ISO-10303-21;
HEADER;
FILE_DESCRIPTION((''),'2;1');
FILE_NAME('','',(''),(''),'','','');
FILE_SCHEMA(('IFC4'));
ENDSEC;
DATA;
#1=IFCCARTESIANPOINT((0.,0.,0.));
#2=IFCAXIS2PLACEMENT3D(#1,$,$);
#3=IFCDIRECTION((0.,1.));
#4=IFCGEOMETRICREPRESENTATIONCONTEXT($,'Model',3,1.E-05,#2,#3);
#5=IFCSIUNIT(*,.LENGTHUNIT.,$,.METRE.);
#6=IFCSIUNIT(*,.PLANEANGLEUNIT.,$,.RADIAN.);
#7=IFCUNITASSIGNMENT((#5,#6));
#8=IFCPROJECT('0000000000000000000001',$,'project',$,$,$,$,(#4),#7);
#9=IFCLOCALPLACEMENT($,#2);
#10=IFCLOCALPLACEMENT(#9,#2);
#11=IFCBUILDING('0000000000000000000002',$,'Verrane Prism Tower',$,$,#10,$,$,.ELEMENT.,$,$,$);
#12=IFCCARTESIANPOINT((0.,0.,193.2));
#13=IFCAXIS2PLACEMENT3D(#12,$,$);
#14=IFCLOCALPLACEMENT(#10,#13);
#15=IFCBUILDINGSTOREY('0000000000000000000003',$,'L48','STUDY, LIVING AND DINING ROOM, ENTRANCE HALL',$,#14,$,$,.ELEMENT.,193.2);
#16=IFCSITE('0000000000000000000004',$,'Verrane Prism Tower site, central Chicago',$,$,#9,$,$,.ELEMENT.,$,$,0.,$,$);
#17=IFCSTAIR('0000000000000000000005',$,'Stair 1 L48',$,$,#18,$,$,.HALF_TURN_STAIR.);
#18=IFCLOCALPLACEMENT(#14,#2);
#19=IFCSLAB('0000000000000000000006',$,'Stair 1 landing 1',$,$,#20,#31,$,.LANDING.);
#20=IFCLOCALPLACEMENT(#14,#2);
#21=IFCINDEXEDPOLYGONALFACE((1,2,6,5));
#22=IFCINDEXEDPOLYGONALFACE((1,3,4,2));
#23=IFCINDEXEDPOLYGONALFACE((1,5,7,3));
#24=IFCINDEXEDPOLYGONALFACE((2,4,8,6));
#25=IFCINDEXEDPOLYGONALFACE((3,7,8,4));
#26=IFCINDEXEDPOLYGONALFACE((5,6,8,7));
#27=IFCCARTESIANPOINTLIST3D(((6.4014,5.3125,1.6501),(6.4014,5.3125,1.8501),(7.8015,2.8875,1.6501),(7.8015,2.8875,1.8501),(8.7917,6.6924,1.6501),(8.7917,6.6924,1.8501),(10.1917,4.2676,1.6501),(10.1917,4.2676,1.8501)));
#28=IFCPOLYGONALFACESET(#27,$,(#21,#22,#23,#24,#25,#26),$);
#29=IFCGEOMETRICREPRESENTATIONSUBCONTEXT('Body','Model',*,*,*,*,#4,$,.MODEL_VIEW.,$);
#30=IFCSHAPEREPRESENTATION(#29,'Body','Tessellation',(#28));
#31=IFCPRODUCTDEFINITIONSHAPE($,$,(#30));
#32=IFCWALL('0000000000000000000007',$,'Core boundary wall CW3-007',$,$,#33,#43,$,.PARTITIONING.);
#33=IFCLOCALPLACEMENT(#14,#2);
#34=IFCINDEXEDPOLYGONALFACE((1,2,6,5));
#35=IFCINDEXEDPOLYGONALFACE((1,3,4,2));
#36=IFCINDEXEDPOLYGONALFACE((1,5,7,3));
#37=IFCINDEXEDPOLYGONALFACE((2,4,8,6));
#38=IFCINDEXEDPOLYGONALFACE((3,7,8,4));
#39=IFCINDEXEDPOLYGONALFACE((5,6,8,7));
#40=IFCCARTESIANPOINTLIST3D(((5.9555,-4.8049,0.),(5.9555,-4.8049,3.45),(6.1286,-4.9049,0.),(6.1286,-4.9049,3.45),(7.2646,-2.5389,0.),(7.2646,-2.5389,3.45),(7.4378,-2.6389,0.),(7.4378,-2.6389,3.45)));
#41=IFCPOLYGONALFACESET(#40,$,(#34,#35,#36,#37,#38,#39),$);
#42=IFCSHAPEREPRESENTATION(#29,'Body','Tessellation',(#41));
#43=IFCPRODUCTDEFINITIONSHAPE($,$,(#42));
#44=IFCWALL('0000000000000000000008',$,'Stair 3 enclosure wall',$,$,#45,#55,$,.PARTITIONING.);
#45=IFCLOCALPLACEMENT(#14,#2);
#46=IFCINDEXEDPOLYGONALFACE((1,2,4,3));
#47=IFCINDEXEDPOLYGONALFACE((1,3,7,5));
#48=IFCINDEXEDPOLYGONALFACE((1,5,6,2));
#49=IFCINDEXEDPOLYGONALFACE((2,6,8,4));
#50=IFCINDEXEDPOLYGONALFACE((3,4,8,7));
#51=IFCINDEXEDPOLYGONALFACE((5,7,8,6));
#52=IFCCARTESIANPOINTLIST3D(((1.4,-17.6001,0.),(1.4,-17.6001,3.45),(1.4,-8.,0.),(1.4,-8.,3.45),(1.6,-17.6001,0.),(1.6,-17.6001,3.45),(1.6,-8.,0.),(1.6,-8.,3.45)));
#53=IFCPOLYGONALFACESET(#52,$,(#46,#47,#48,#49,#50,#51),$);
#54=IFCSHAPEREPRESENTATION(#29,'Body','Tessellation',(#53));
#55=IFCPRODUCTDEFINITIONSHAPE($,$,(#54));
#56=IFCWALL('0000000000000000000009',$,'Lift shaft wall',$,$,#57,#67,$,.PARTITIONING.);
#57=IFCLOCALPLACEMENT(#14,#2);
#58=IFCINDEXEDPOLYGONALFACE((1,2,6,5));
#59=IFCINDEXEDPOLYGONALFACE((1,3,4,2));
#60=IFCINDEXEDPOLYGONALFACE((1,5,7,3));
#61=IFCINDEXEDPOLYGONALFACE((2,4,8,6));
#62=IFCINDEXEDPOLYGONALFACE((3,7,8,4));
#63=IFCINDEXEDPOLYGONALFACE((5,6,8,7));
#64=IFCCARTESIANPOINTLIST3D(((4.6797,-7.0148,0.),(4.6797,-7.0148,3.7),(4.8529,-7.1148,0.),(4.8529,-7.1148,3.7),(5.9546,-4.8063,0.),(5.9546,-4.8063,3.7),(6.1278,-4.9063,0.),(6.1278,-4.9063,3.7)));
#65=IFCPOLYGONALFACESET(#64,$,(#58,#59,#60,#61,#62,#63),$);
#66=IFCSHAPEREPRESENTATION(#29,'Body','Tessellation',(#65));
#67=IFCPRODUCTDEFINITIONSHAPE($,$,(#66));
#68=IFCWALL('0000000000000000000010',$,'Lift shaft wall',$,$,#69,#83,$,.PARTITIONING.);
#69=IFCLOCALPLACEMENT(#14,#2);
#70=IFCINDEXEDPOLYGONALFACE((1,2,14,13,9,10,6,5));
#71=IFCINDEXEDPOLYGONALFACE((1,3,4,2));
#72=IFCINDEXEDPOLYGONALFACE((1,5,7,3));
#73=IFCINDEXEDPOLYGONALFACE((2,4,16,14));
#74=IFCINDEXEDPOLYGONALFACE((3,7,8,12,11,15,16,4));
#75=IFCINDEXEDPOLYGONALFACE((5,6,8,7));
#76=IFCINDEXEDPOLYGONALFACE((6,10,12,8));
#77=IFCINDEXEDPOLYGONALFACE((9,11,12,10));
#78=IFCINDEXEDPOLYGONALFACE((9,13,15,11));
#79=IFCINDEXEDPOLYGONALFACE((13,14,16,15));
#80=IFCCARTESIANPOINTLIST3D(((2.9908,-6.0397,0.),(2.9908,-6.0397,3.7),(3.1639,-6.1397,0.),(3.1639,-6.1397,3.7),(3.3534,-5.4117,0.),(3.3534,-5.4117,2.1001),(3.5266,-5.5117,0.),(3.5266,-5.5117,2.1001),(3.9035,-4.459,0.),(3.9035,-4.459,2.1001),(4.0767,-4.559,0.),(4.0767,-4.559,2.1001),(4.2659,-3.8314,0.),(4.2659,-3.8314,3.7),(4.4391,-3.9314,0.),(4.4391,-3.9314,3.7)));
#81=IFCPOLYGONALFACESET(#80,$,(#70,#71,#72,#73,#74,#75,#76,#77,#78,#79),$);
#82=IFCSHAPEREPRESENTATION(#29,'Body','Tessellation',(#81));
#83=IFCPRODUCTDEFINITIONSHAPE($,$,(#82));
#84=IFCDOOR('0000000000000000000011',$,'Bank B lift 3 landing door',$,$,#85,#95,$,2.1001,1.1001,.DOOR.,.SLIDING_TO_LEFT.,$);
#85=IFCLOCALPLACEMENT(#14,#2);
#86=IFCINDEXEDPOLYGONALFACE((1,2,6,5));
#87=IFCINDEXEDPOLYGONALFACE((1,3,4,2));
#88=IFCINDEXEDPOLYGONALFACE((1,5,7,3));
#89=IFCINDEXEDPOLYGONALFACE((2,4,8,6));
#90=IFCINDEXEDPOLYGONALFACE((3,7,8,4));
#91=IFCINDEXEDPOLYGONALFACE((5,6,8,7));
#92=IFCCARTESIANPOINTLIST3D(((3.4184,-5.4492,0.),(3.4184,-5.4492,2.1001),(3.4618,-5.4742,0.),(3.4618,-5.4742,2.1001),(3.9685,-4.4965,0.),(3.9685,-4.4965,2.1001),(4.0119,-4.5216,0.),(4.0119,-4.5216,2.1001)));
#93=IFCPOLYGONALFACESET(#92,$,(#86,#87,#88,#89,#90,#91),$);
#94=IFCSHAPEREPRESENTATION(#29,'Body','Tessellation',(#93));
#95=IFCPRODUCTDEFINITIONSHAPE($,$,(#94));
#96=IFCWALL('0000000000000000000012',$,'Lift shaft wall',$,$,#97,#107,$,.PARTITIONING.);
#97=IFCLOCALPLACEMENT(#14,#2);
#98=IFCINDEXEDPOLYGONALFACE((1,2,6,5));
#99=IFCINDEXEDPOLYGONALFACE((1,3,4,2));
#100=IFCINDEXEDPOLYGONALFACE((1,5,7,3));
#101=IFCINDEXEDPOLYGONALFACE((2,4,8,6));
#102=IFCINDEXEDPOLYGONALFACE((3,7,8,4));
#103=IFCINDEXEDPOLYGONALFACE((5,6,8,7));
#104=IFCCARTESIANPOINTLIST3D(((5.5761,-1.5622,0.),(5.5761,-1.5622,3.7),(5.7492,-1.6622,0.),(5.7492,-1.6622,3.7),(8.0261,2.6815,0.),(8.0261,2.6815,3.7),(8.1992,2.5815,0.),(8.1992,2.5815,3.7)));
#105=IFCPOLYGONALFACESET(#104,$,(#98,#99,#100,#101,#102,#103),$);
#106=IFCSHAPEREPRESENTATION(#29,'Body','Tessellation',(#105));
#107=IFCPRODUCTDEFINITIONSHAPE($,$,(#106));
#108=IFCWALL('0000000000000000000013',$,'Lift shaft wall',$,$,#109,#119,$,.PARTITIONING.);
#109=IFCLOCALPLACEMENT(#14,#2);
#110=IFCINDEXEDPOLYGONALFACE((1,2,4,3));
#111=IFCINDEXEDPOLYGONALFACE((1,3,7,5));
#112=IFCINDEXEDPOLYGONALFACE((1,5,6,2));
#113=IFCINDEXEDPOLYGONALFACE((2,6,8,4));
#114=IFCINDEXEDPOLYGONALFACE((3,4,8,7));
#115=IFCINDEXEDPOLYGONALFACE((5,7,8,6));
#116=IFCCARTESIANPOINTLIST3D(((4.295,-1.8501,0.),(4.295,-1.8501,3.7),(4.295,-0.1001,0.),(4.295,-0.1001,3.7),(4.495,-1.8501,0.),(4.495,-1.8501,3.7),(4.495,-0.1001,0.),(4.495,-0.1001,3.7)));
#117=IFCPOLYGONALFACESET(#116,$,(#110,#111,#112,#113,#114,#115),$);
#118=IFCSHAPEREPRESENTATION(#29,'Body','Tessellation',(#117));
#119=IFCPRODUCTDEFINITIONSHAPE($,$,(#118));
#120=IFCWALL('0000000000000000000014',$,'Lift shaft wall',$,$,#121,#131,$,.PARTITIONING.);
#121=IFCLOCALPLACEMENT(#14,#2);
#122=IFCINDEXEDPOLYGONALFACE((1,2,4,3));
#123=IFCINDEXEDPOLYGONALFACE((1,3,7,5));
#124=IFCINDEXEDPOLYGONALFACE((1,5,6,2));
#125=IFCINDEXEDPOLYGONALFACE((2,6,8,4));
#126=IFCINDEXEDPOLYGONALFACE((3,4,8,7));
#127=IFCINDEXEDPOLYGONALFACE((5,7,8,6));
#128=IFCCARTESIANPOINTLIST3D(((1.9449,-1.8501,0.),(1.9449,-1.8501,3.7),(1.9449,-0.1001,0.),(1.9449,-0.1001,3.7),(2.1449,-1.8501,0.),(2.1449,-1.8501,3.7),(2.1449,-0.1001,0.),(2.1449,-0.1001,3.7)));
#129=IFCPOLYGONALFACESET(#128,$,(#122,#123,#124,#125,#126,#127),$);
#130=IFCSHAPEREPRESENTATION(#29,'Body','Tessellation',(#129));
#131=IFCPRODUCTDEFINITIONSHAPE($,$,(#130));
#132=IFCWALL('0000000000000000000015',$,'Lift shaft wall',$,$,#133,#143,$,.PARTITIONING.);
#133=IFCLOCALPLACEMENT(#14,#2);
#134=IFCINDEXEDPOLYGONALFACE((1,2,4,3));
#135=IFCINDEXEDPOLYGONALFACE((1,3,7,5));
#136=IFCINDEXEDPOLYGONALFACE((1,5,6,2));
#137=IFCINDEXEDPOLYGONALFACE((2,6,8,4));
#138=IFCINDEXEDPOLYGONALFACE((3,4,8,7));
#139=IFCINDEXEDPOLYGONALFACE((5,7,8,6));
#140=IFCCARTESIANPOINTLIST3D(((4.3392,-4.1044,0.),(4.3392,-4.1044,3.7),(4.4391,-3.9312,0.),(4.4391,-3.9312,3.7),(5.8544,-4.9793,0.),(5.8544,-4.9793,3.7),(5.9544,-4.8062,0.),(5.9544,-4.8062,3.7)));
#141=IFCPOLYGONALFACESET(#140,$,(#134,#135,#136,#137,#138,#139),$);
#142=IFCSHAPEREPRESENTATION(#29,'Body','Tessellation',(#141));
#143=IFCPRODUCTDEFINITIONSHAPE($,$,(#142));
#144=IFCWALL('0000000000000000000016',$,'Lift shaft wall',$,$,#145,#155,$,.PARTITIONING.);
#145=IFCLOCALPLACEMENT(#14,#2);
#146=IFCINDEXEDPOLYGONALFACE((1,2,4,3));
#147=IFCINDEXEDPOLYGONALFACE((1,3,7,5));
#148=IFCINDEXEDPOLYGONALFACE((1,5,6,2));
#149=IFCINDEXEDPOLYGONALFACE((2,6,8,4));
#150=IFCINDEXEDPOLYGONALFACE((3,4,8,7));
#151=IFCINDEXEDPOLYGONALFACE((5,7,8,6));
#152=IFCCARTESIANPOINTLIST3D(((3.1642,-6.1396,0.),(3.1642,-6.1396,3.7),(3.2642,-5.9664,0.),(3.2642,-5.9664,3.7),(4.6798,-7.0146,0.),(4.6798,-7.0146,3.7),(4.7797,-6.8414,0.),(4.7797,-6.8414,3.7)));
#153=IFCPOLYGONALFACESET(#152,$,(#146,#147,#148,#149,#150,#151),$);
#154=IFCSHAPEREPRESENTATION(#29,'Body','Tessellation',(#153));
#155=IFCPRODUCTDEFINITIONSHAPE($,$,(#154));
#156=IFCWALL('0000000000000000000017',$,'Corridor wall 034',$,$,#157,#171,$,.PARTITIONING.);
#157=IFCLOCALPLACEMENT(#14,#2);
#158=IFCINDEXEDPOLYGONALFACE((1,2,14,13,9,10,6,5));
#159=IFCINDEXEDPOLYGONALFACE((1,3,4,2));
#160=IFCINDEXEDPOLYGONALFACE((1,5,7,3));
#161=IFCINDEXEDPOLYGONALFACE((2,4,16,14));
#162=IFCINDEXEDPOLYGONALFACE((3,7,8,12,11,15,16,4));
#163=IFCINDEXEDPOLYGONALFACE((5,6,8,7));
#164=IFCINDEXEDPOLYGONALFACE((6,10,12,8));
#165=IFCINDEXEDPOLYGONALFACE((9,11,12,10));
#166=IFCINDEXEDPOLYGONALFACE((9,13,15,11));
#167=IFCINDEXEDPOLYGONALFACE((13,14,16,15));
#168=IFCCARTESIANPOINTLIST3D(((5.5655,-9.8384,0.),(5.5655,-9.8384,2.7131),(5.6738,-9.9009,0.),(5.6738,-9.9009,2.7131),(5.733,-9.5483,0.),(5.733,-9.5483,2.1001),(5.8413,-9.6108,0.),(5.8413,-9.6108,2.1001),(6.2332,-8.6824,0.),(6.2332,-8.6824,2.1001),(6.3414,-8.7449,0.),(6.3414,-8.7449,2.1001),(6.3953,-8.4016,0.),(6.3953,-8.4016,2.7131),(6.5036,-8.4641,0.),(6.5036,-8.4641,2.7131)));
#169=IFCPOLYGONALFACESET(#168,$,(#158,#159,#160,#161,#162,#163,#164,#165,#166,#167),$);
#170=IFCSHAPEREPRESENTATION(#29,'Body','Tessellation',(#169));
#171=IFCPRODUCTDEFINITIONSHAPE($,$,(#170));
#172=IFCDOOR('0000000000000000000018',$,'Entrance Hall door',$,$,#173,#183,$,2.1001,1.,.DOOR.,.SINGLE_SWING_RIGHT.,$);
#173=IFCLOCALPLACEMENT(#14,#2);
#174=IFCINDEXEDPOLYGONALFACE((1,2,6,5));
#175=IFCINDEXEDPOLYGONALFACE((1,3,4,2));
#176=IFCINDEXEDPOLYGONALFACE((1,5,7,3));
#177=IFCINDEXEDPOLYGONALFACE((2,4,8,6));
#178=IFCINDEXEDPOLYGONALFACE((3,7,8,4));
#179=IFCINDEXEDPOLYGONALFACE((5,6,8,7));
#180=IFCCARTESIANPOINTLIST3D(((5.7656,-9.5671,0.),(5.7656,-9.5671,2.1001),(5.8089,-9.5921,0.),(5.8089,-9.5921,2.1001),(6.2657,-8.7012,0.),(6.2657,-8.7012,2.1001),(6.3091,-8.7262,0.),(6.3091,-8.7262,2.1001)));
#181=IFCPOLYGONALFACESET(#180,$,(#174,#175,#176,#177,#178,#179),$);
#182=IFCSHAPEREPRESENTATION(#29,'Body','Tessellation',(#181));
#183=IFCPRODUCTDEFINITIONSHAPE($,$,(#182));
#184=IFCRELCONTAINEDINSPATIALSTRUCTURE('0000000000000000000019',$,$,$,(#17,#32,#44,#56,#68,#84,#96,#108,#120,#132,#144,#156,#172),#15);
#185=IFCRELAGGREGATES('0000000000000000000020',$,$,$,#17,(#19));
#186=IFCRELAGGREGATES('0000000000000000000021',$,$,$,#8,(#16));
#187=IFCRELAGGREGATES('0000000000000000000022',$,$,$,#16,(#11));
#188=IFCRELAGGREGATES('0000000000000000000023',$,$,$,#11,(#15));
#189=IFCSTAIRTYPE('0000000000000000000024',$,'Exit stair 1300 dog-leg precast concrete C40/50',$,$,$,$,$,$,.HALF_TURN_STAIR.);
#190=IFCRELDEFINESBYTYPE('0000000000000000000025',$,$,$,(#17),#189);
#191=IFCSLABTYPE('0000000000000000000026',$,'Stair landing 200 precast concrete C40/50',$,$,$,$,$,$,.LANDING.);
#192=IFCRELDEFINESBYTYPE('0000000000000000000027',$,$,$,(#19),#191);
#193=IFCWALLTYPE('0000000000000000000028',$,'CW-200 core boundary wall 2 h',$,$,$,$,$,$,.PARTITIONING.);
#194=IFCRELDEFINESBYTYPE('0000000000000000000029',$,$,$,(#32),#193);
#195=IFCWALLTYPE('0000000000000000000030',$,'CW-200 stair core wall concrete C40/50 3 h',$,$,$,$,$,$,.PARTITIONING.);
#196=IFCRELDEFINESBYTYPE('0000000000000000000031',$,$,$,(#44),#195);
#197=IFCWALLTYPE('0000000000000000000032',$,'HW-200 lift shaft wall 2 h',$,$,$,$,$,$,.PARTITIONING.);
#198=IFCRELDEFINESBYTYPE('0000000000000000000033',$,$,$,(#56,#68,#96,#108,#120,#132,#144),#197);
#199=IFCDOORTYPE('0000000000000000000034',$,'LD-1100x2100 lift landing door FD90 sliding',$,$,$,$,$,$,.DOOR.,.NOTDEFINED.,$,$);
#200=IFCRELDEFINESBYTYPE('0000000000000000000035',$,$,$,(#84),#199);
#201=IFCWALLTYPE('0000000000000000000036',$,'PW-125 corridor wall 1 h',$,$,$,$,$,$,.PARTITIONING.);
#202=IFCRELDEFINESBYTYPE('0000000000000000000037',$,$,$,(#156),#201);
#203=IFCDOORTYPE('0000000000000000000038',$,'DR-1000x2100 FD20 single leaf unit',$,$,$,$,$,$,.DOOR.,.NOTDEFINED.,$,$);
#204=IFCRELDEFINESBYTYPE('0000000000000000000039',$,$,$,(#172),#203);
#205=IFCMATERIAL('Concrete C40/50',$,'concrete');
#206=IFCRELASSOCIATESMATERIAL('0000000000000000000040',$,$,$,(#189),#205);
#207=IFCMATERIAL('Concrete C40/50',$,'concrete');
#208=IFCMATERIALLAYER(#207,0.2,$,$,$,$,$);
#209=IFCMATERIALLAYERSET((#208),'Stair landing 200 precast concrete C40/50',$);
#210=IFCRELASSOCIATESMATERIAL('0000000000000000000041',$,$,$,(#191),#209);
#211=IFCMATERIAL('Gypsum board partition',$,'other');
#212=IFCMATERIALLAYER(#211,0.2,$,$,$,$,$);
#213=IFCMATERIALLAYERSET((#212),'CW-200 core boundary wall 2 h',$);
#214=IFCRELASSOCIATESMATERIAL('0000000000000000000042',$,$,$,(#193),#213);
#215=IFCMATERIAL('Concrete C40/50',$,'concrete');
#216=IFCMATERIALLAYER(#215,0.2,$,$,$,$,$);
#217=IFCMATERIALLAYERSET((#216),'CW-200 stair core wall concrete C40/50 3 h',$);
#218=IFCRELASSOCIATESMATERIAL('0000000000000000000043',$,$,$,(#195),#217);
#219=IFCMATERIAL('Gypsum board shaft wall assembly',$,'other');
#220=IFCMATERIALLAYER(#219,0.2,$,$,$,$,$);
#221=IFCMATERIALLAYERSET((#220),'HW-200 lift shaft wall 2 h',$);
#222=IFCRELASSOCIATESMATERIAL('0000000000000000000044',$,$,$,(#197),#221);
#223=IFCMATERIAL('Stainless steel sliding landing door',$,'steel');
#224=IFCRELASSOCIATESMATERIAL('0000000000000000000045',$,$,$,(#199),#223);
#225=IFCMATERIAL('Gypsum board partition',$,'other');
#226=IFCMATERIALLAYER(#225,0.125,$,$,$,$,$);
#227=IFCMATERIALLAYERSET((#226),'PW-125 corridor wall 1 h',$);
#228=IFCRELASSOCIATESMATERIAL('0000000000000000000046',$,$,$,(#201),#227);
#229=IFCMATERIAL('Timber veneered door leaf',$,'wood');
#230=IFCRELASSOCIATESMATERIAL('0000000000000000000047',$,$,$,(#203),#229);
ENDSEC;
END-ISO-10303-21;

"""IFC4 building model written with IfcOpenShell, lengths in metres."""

from ifc_helpers import new_model, si_unit, direction, frame, frame_2d, origin, place, context, subcontext, project, spatial, polyline, rectangle, outline, extrude, material, layer, layer_set, type_object, element, fill, aggregate, save


model = new_model("IFC4")

# Units and contexts
model_context = context("Model", 3, precision=1e-05, world=origin(), true_north=direction((0.0, 1.0)))
body_context = subcontext(model_context, "Body", "Model", "MODEL_VIEW")
ifc_project = project(units=[si_unit("LENGTHUNIT", "METRE"), si_unit("PLANEANGLEUNIT", "RADIAN")], contexts=[model_context])

# Site, building, storey
site_placement = place(None, origin())
site = spatial("IfcSite", under=ifc_project, at=site_placement, Name="Verrane Prism Tower site, central Chicago", CompositionType="ELEMENT", RefElevation=0.0)
building_placement = place(site_placement, origin())
building = spatial("IfcBuilding", under=site, at=building_placement, Name="Verrane Prism Tower", CompositionType="ELEMENT")
storey_placement = place(building_placement, frame((0.0, 0.0, 193.2)))
storey = spatial("IfcBuildingStorey", under=building, at=storey_placement, Name="L48", Description="STUDY, LIVING AND DINING ROOM, ENTRANCE HALL", CompositionType="ELEMENT", Elevation=193.2)

# Stair, slab
ifc_material_1 = material(Name="Concrete C40/50", Category="concrete")
stair_type = type_object("IfcStairType", Name="Exit stair 1300 dog-leg precast concrete C40/50", PredefinedType="HALF_TURN_STAIR", material=ifc_material_1)
stair_placement = place(storey_placement, origin())
stair = element("IfcStair", 1, at=stair_placement, inside=storey, type_object=stair_type, Name="Stair 1 L48", PredefinedType="HALF_TURN_STAIR")
ifc_material_2 = material(Name="Concrete C40/50", Category="concrete")
ifc_layer_1 = layer(ifc_material_2, 0.2)
ifc_layer_set_1 = layer_set([ifc_layer_1], Name="Stair landing 200 precast concrete C40/50")
slab_type = type_object("IfcSlabType", Name="Stair landing 200 precast concrete C40/50", PredefinedType="LANDING", material=ifc_layer_set_1)
slab_placement = place(storey_placement, frame((0.0, 0.0, 1.6501)))
slab = element("IfcSlab", 2, at=slab_placement, type_object=slab_type, Name="Stair 1 landing 1", PredefinedType="LANDING", context=body_context, shape_type="SweptSolid", body=[
    extrude(outline(polyline([(8.7917, 6.6924), (6.4014, 5.3125), (7.8015, 2.8875), (10.1917, 4.2676), (8.7917, 6.6924)])), origin(), (0.0, 0.0, 1.0), 0.2),
])
aggregate(stair, [slab])

# Walls
ifc_material_3 = material(Name="Gypsum board partition", Category="other")
ifc_layer_2 = layer(ifc_material_3, 0.2)
ifc_layer_set_2 = layer_set([ifc_layer_2], Name="CW-200 core boundary wall 2 h")
wall_type_1 = type_object("IfcWallType", Name="CW-200 core boundary wall 2 h", PredefinedType="PARTITIONING", material=ifc_layer_set_2)
wall_1_placement = place(storey_placement, frame((6.042, -4.855, 0.0), z_axis=(0.0, 0.0, 1.0), x_axis=(0.500253, 0.865879, 0.0)))
element("IfcWall", 3, at=wall_1_placement, inside=storey, type_object=wall_type_1, Name="Core boundary wall CW3-007", PredefinedType="PARTITIONING", context=body_context, shape_type="SweptSolid", body=[
    extrude(rectangle(XDim=2.6169, YDim=0.2, at=frame_2d((1.3086, 0.0))), origin(), (0.0, 0.0, 1.0), 3.45),
])
ifc_material_4 = material(Name="Concrete C40/50", Category="concrete")
ifc_layer_3 = layer(ifc_material_4, 0.2)
ifc_layer_set_3 = layer_set([ifc_layer_3], Name="CW-200 stair core wall concrete C40/50 3 h")
wall_type_2 = type_object("IfcWallType", Name="CW-200 stair core wall concrete C40/50 3 h", PredefinedType="PARTITIONING", material=ifc_layer_set_3)
wall_2_placement = place(storey_placement, frame((1.5, -8.0, 0.0), z_axis=(0.0, 0.0, 1.0), x_axis=(0.0, -1.0, 0.0)))
element("IfcWall", 4, at=wall_2_placement, inside=storey, type_object=wall_type_2, Name="Stair 3 enclosure wall", PredefinedType="PARTITIONING", context=body_context, shape_type="SweptSolid", body=[
    extrude(rectangle(XDim=9.6001, YDim=0.2, at=frame_2d((4.8, 0.0))), origin(), (0.0, 0.0, 1.0), 3.45),
])
ifc_material_5 = material(Name="Gypsum board shaft wall assembly", Category="other")
ifc_layer_4 = layer(ifc_material_5, 0.2)
ifc_layer_set_4 = layer_set([ifc_layer_4], Name="HW-200 lift shaft wall 2 h")
wall_type_3 = type_object("IfcWallType", Name="HW-200 lift shaft wall 2 h", PredefinedType="PARTITIONING", material=ifc_layer_set_4)
wall_3_placement = place(storey_placement, frame((4.7664, -7.0647, 0.0), z_axis=(0.0, 0.0, 1.0), x_axis=(0.499949, 0.866055, 0.0)))
element("IfcWall", 5, at=wall_3_placement, inside=storey, type_object=wall_type_3, Name="Lift shaft wall", PredefinedType="PARTITIONING", context=body_context, shape_type="SweptSolid", body=[
    extrude(rectangle(XDim=2.55, YDim=0.2, at=frame_2d((1.2749, 0.0))), origin(), (0.0, 0.0, 1.0), 3.7),
])

# Wall, opening, door
wall_4_placement = place(storey_placement, frame((3.0774, -6.0896, 0.0), z_axis=(0.0, 0.0, 1.0), x_axis=(0.500062, 0.865989, 0.0)))
wall_4 = element("IfcWall", 6, at=wall_4_placement, inside=storey, type_object=wall_type_3, Name="Lift shaft wall", PredefinedType="PARTITIONING", context=body_context, shape_type="SweptSolid", body=[
    extrude(rectangle(XDim=2.55, YDim=0.2, at=frame_2d((1.2749, 0.0))), origin(), (0.0, 0.0, 1.0), 3.7),
])
opening_1_placement = place(wall_4_placement, frame((0.7251, 0.0, 0.0)))
opening_1 = element("IfcOpeningElement", 7, at=opening_1_placement, cuts=wall_4, PredefinedType="OPENING", context=body_context, shape_type="SweptSolid", body=[
    extrude(rectangle(XDim=1.1001, YDim=2.1001, at=frame_2d((0.55, 1.05))), frame((0.0, 0.1099, 0.0), z_axis=(0.0, -1.0, 0.0), x_axis=(1.0, 0.0, 0.0)), (0.0, 0.0, 1.0), 0.22),
])
ifc_material_6 = material(Name="Stainless steel sliding landing door", Category="steel")
door_type_1 = type_object("IfcDoorType", Name="LD-1100x2100 lift landing door FD90 sliding", OperationType="NOTDEFINED", PredefinedType="DOOR", material=ifc_material_6)
door_1_placement = place(opening_1_placement, origin())
door_1 = element("IfcDoor", 8, at=door_1_placement, inside=storey, type_object=door_type_1, Name="Bank B lift 3 landing door", OperationType="SLIDING_TO_LEFT", OverallHeight=2.1001, OverallWidth=1.1001, PredefinedType="DOOR", context=body_context, shape_type="SweptSolid", body=[
    extrude(rectangle(XDim=1.1001, YDim=2.1001, at=frame_2d((0.55, 1.05))), frame((0.0, 0.0249, 0.0), z_axis=(0.0, -1.0, 0.0), x_axis=(1.0, 0.0, 0.0)), (0.0, 0.0, 1.0), 0.05),
])
fill(opening_1, door_1)

# Walls
wall_5_placement = place(storey_placement, frame((5.6626, -1.6123, 0.0), z_axis=(0.0, 0.0, 1.0), x_axis=(0.499981, 0.866036, 0.0)))
element("IfcWall", 9, at=wall_5_placement, inside=storey, type_object=wall_type_3, Name="Lift shaft wall", PredefinedType="PARTITIONING", context=body_context, shape_type="SweptSolid", body=[
    extrude(rectangle(XDim=4.9001, YDim=0.2, at=frame_2d((2.4502, 0.0))), origin(), (0.0, 0.0, 1.0), 3.7),
])
for number, where, z_axis, x_axis, name in (
    (10, (4.395, -1.8501, 0.0), (0.0, 0.0, 1.0), (0.0, 1.0, 0.0), "Lift shaft wall"),
    (11, (2.0449, -1.8501, 0.0), (0.0, 0.0, 1.0), (0.0, 1.0, 0.0), "Lift shaft wall"),
):
    element("IfcWall", number, at=place(storey_placement, frame(where, z_axis=z_axis, x_axis=x_axis)), inside=storey, type_object=wall_type_3, Name=name, PredefinedType="PARTITIONING", context=body_context, shape_type="SweptSolid", body=[
        extrude(rectangle(XDim=1.75, YDim=0.2, at=frame_2d((0.875, 0.0))), origin(), (0.0, 0.0, 1.0), 3.7),
    ])
wall_6_placement = place(storey_placement, frame((5.9045, -4.8928, 0.0), z_axis=(0.0, 0.0, 1.0), x_axis=(-0.866002, 0.50004, 0.0)))
element("IfcWall", 12, at=wall_6_placement, inside=storey, type_object=wall_type_3, Name="Lift shaft wall", PredefinedType="PARTITIONING", context=body_context, shape_type="SweptSolid", body=[
    extrude(rectangle(XDim=1.7498, YDim=0.2, at=frame_2d((0.875, 0.0))), origin(), (0.0, 0.0, 1.0), 3.7),
])
wall_7_placement = place(storey_placement, frame((4.7297, -6.928, 0.0), z_axis=(0.0, 0.0, 1.0), x_axis=(-0.866037, 0.49998, 0.0)))
element("IfcWall", 13, at=wall_7_placement, inside=storey, type_object=wall_type_3, Name="Lift shaft wall", PredefinedType="PARTITIONING", context=body_context, shape_type="SweptSolid", body=[
    extrude(rectangle(XDim=1.75, YDim=0.2, at=frame_2d((0.875, 0.0))), origin(), (0.0, 0.0, 1.0), 3.7),
])

# Wall, opening, door
ifc_material_7 = material(Name="Gypsum board partition", Category="other")
ifc_layer_5 = layer(ifc_material_7, 0.125)
ifc_layer_set_5 = layer_set([ifc_layer_5], Name="PW-125 corridor wall 1 h")
wall_type_4 = type_object("IfcWallType", Name="PW-125 corridor wall 1 h", PredefinedType="PARTITIONING", material=ifc_layer_set_5)
wall_8_placement = place(storey_placement, frame((5.6196, -9.8696, 0.0), z_axis=(0.0, 0.0, 1.0), x_axis=(0.500143, 0.865943, 0.0)))
wall_8 = element("IfcWall", 14, at=wall_8_placement, inside=storey, type_object=wall_type_4, Name="Corridor wall 034", PredefinedType="PARTITIONING", context=body_context, shape_type="SweptSolid", body=[
    extrude(rectangle(XDim=1.6592, YDim=0.125, at=frame_2d((0.8296, 0.0))), origin(), (0.0, 0.0, 1.0), 2.7131),
])
opening_2_placement = place(wall_8_placement, frame((0.335, 0.0, 0.0)))
opening_2 = element("IfcOpeningElement", 15, at=opening_2_placement, cuts=wall_8, PredefinedType="OPENING", context=body_context, shape_type="SweptSolid", body=[
    extrude(rectangle(XDim=1.0, YDim=2.1001, at=frame_2d((0.5, 1.05))), frame((0.0, 0.0725, 0.0), z_axis=(0.0, -1.0, 0.0), x_axis=(1.0, 0.0, 0.0)), (0.0, 0.0, 1.0), 0.145),
])
ifc_material_8 = material(Name="Timber veneered door leaf", Category="wood")
door_type_2 = type_object("IfcDoorType", Name="DR-1000x2100 FD20 single leaf unit", OperationType="NOTDEFINED", PredefinedType="DOOR", material=ifc_material_8)
door_2_placement = place(opening_2_placement, origin())
door_2 = element("IfcDoor", 16, at=door_2_placement, inside=storey, type_object=door_type_2, Name="Entrance Hall door", OperationType="SINGLE_SWING_RIGHT", OverallHeight=2.1001, OverallWidth=1.0, PredefinedType="DOOR", context=body_context, shape_type="SweptSolid", body=[
    extrude(rectangle(XDim=1.0, YDim=2.1001, at=frame_2d((0.5, 1.05))), frame((0.0, 0.0249, 0.0), z_axis=(0.0, -1.0, 0.0), x_axis=(1.0, 0.0, 0.0)), (0.0, 0.0, 1.0), 0.05),
])
fill(opening_2, door_2)

save(model, "model.ifc")
